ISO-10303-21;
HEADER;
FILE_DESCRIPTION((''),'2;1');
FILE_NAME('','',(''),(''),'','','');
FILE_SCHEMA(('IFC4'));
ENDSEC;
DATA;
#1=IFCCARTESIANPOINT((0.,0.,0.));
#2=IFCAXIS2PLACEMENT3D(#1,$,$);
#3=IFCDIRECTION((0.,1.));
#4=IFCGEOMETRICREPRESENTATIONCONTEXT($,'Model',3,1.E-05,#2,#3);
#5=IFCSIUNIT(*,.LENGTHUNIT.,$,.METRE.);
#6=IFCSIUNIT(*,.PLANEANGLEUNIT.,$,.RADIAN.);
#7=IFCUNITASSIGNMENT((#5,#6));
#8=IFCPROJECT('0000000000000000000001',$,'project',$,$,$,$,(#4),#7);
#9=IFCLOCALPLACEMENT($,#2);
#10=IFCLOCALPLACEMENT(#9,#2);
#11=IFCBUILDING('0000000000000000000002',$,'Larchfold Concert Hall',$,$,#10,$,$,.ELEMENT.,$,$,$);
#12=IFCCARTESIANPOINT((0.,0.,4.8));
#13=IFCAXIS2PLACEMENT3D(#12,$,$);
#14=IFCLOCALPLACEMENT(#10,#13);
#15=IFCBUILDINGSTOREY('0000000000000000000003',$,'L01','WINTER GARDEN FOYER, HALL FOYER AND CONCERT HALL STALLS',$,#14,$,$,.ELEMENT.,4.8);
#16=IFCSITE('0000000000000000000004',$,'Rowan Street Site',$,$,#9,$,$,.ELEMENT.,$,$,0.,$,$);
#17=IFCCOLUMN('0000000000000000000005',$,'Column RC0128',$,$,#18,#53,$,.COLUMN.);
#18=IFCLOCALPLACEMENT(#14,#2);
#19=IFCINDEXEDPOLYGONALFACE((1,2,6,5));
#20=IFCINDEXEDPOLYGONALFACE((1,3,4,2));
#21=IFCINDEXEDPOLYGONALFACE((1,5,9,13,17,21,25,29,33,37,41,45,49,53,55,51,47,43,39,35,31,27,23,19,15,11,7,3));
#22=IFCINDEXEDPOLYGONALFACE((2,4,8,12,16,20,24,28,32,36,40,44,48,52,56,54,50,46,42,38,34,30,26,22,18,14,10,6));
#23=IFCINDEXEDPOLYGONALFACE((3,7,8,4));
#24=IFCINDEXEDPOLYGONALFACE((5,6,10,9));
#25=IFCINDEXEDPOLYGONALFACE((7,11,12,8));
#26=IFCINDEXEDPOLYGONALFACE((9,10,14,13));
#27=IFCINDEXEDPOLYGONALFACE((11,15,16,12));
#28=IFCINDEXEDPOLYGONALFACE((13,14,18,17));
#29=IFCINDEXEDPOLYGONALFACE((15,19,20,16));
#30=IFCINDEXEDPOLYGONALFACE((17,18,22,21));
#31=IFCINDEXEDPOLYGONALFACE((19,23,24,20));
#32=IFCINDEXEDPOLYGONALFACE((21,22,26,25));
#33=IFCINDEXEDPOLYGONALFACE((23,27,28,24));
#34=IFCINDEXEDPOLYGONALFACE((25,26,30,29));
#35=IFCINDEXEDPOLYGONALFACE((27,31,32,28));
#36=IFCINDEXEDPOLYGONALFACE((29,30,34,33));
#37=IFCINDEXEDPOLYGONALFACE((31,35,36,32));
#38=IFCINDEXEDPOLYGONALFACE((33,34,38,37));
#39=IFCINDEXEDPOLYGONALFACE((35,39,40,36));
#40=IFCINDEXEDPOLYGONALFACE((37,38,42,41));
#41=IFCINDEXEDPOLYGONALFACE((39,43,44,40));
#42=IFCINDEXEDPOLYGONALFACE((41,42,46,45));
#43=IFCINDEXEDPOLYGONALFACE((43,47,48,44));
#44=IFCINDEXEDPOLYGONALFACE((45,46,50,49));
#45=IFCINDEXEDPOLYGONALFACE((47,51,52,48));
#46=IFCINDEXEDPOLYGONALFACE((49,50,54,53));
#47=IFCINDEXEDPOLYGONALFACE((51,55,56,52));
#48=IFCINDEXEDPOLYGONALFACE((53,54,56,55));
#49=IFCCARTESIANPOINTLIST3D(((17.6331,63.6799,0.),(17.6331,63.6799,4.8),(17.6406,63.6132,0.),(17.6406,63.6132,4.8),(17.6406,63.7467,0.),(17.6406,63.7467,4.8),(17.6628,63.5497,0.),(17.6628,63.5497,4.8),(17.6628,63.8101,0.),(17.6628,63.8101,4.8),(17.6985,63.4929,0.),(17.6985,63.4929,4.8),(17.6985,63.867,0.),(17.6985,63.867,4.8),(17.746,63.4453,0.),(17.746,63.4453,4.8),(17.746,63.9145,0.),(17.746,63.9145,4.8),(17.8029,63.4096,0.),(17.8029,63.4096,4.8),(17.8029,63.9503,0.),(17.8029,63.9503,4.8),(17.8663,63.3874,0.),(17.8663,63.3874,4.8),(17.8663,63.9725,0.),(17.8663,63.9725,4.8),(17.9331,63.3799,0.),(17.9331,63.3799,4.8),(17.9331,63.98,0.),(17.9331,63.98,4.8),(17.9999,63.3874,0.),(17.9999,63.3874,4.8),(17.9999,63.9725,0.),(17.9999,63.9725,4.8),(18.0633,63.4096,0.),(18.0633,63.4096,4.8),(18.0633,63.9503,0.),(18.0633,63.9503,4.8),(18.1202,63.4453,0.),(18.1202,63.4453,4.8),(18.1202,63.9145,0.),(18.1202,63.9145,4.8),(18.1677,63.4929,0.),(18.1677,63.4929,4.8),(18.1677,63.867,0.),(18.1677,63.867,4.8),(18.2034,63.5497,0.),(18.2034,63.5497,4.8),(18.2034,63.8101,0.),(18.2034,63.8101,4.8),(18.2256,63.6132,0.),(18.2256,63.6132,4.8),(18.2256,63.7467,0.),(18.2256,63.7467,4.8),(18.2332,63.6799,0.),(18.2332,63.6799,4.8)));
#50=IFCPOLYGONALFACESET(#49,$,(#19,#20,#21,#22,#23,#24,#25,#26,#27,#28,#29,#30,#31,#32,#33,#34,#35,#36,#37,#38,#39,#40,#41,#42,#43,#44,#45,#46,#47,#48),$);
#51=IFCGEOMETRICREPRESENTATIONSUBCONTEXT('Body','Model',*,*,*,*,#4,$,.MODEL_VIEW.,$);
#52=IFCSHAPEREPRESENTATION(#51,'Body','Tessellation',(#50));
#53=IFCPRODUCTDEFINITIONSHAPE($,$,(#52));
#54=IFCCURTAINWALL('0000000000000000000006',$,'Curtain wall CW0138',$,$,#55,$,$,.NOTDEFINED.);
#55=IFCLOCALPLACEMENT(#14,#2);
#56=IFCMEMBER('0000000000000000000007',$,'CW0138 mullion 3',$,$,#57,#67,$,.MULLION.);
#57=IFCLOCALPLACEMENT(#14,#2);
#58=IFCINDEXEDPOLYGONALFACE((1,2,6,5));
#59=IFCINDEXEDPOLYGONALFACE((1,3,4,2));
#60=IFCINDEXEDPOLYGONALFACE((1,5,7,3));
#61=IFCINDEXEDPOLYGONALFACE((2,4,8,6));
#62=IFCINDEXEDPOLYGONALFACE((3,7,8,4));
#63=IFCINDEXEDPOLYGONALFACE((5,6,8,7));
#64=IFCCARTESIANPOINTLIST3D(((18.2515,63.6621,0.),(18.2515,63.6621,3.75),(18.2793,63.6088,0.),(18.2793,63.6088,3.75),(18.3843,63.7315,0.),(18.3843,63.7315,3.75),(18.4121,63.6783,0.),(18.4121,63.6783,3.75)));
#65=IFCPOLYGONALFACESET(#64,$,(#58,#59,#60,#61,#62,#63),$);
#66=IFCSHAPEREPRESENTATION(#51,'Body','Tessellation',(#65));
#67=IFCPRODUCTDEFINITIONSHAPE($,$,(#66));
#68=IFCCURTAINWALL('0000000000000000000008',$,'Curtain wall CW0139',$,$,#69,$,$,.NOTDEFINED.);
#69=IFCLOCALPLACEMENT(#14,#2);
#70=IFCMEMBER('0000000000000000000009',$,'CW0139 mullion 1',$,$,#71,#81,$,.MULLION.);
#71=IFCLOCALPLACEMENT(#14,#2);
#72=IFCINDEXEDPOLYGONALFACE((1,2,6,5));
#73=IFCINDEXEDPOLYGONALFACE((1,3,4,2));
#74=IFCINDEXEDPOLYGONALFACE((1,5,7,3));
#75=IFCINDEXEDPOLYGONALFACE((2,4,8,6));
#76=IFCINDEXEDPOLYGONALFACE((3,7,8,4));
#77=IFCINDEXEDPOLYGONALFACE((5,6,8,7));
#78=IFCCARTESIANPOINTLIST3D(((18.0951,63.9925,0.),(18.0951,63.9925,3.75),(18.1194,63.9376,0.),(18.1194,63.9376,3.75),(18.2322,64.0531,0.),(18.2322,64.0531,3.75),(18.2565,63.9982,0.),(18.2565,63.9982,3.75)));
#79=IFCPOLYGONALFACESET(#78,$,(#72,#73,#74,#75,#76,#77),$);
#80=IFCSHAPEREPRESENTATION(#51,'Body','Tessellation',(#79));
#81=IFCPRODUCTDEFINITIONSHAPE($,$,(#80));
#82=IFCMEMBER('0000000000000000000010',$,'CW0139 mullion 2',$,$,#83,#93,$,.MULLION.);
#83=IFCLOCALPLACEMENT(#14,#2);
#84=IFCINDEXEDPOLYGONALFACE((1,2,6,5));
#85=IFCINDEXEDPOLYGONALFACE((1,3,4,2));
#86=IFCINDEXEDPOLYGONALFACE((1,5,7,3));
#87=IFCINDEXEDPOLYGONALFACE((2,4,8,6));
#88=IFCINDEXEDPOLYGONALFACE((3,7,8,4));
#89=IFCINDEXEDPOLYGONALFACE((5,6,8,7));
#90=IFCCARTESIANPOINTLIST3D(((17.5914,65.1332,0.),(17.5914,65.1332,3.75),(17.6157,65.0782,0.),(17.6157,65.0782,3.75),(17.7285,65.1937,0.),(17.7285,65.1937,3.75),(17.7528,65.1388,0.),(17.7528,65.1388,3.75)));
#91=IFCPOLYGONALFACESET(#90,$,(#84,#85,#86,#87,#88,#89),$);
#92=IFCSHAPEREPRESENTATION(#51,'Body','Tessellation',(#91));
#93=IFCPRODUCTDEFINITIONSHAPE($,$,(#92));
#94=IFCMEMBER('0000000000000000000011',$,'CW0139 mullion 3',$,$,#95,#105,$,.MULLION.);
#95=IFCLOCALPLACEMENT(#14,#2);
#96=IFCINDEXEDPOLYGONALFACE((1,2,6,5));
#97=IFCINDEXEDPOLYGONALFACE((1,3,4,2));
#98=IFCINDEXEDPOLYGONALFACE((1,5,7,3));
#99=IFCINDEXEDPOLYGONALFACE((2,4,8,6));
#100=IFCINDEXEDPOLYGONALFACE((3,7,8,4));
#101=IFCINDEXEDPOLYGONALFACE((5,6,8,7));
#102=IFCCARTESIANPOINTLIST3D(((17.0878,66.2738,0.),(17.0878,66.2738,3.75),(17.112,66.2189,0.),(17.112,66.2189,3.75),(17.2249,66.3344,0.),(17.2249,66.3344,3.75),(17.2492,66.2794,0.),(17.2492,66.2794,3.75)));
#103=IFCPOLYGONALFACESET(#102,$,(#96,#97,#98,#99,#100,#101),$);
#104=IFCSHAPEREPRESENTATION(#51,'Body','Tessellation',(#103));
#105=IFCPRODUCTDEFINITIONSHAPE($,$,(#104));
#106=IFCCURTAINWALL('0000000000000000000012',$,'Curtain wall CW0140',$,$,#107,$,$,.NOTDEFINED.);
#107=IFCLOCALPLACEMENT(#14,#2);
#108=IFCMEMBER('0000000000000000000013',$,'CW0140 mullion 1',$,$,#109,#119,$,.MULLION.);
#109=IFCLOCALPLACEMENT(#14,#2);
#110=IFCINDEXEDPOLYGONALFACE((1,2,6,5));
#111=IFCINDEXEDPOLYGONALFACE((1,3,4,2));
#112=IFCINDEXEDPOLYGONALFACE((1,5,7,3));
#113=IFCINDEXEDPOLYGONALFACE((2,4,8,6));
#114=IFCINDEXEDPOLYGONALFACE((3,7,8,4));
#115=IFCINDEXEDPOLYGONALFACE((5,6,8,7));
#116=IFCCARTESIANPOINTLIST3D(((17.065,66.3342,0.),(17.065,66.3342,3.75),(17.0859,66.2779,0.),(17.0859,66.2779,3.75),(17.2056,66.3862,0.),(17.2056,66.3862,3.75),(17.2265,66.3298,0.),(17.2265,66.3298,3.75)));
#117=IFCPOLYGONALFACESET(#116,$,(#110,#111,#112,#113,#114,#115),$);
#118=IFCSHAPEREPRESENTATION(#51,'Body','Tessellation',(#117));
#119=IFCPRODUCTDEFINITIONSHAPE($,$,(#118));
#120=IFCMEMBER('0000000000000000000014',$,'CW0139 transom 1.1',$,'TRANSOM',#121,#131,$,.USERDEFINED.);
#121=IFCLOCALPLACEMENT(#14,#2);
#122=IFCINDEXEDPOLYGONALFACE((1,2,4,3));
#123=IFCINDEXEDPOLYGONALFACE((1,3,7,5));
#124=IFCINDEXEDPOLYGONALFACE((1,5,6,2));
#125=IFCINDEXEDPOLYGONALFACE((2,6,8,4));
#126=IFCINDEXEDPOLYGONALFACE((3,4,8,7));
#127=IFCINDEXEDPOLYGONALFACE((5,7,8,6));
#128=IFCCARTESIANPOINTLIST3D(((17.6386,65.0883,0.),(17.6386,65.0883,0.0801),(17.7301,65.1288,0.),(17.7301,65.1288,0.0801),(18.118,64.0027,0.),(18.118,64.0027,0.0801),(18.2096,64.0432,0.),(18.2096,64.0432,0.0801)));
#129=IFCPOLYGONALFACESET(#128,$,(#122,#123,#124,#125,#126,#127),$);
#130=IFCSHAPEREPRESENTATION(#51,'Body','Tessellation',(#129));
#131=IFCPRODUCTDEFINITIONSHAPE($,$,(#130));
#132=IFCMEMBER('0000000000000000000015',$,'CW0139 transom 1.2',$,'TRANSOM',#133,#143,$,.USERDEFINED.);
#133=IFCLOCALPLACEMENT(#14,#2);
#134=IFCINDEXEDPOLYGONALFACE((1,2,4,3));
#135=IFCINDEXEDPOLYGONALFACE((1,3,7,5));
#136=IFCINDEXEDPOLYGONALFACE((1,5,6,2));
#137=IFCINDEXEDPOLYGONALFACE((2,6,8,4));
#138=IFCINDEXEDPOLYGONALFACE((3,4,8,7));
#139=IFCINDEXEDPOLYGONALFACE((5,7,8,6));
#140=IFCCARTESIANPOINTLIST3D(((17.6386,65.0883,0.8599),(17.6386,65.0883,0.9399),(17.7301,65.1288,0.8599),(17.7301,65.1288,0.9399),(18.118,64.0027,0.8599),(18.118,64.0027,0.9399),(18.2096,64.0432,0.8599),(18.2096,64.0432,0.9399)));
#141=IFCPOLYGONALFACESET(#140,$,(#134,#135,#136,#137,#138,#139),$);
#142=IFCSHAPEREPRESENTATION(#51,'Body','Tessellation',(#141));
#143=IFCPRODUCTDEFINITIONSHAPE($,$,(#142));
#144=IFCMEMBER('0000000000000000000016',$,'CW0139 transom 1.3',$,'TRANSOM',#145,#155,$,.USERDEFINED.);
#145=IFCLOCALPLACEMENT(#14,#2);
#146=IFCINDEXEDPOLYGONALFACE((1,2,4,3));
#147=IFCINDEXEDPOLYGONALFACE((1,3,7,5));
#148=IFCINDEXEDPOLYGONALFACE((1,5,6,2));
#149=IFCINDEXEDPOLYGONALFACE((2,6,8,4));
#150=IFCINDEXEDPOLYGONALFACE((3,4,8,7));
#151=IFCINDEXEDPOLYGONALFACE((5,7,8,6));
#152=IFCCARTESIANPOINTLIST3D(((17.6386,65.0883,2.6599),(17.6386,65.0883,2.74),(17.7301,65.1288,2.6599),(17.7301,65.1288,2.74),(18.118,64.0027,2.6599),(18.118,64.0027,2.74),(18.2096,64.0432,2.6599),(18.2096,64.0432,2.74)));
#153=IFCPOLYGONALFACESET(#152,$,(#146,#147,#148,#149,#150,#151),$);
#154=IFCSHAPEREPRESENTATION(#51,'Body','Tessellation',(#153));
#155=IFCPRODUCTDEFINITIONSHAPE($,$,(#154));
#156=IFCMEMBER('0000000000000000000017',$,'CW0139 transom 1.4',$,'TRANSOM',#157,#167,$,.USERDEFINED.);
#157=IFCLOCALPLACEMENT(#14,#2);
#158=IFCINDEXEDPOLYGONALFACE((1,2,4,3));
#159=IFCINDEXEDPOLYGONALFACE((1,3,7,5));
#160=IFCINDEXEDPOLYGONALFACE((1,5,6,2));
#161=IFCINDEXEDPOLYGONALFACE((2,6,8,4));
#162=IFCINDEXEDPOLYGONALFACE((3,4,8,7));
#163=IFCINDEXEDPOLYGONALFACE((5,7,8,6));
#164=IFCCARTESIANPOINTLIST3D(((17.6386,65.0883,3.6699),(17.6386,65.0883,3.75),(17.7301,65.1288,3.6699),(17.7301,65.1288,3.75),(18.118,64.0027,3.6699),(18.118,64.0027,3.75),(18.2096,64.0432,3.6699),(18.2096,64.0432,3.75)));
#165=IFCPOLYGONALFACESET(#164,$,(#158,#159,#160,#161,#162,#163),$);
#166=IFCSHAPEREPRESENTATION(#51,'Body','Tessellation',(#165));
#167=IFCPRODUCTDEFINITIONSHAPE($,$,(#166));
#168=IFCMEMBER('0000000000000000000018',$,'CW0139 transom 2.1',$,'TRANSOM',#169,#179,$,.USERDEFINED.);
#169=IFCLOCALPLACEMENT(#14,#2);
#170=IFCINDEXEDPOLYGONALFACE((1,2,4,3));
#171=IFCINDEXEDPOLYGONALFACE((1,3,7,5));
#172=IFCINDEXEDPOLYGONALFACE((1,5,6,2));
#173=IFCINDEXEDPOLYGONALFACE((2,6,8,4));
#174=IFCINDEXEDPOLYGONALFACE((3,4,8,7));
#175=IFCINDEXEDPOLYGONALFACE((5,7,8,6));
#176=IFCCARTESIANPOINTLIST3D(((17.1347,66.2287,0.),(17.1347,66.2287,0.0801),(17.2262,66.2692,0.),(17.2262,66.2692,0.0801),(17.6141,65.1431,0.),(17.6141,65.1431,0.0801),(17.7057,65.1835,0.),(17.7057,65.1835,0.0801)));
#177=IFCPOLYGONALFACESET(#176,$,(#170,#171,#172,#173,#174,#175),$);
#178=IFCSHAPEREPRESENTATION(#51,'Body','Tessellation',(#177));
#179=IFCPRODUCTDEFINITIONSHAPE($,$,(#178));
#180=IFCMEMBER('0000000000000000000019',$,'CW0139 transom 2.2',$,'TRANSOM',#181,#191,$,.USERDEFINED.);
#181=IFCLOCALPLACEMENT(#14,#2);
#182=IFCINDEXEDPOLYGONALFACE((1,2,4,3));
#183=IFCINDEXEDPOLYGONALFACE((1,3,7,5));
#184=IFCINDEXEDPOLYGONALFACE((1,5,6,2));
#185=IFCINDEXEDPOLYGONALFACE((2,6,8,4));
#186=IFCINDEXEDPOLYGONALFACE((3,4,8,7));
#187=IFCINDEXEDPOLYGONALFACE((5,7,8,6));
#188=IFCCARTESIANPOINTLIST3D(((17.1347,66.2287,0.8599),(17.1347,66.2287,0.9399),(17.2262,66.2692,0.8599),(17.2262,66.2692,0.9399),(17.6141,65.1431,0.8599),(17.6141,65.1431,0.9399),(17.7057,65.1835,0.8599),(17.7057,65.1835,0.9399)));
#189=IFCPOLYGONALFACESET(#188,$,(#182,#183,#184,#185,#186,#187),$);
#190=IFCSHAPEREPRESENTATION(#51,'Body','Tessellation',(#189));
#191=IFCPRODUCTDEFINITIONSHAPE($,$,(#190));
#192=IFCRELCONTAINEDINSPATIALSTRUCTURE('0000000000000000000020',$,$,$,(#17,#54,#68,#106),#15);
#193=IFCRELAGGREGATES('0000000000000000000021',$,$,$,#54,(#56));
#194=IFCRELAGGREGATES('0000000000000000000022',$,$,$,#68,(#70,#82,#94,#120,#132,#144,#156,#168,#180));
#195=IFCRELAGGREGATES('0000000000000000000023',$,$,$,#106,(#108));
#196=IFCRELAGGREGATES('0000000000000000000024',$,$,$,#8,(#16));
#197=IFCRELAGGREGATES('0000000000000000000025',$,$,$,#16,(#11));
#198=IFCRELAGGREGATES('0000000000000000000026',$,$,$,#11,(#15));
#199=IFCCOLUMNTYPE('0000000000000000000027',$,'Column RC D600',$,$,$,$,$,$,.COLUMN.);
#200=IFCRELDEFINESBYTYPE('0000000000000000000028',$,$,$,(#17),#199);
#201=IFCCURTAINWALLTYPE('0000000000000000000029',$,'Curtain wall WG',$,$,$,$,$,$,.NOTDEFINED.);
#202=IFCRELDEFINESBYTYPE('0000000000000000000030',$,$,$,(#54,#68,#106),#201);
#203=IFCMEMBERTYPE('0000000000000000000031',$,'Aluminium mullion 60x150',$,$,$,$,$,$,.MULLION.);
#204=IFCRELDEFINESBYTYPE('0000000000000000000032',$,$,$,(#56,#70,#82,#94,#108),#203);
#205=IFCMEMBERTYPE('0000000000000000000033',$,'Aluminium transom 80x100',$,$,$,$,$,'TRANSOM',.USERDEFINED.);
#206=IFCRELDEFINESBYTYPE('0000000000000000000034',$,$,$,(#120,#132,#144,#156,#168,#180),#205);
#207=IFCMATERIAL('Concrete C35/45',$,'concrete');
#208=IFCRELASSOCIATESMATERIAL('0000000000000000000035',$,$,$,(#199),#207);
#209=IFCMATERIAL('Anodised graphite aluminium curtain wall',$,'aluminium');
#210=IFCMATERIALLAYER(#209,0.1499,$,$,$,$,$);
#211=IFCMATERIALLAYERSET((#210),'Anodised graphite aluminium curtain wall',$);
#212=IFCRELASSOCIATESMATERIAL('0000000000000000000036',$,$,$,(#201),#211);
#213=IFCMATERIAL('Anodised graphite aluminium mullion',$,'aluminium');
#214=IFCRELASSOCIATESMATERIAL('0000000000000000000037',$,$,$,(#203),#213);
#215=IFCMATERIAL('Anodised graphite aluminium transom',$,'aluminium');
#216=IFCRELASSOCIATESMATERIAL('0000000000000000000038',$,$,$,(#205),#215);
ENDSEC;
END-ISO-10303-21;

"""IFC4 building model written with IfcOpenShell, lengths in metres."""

from ifc_helpers import new_model, si_unit, direction, frame, origin, origin_2d, place, context, subcontext, project, spatial, rectangle, circle, extrude, material, layer, layer_set, material_profile, profile_set, type_object, element, aggregate, save


model = new_model("IFC4")

# Units and contexts
model_context = context("Model", 3, precision=1e-05, world=origin(), true_north=direction((0.0, 1.0)))
body_context = subcontext(model_context, "Body", "Model", "MODEL_VIEW")
ifc_project = project(units=[si_unit("LENGTHUNIT", "METRE"), si_unit("PLANEANGLEUNIT", "RADIAN")], contexts=[model_context])

# Site, building, storey
site_placement = place(None, origin())
site = spatial("IfcSite", under=ifc_project, at=site_placement, Name="Rowan Street Site", CompositionType="ELEMENT", RefElevation=0.0)
building_placement = place(site_placement, origin())
building = spatial("IfcBuilding", under=site, at=building_placement, Name="Larchfold Concert Hall", CompositionType="ELEMENT")
storey_placement = place(building_placement, frame((0.0, 0.0, 4.8)))
storey = spatial("IfcBuildingStorey", under=building, at=storey_placement, Name="L01", Description="WINTER GARDEN FOYER, HALL FOYER AND CONCERT HALL STALLS", CompositionType="ELEMENT", Elevation=4.8)

# Column
ifc_material_1 = material(Name="Concrete C35/45", Category="concrete")
ifc_material_profile_1 = material_profile(ifc_material_1, circle(Radius=0.3, at=origin_2d()))
ifc_profile_set_1 = profile_set([ifc_material_profile_1], Name="Concrete C35/45")
column_type = type_object("IfcColumnType", Name="Column RC D600", PredefinedType="COLUMN", material=ifc_profile_set_1)
column_placement = place(storey_placement, frame((17.9331, 63.6799, 0.0), z_axis=(0.0, 0.0, 1.0), x_axis=(1.0, 0.0, 0.0)))
element("IfcColumn", 1, at=column_placement, inside=storey, type_object=column_type, Name="Column RC0128", PredefinedType="COLUMN", context=body_context, shape_type="SweptSolid", body=[
    extrude(circle(Radius=0.3, at=origin_2d()), origin(), (0.0, 0.0, 1.0), 4.8),
])

# Curtain wall, member
ifc_material_2 = material(Name="Anodised graphite aluminium curtain wall", Category="aluminium")
ifc_layer_1 = layer(ifc_material_2, 0.1499)
ifc_layer_set_1 = layer_set([ifc_layer_1], Name="Anodised graphite aluminium curtain wall")
curtain_wall_type = type_object("IfcCurtainWallType", Name="Curtain wall WG", PredefinedType="NOTDEFINED", material=ifc_layer_set_1)
curtain_wall_1_placement = place(storey_placement, origin())
curtain_wall_1 = element("IfcCurtainWall", 2, at=curtain_wall_1_placement, inside=storey, type_object=curtain_wall_type, Name="Curtain wall CW0138", PredefinedType="NOTDEFINED")
ifc_material_3 = material(Name="Anodised graphite aluminium mullion", Category="aluminium")
ifc_material_profile_2 = material_profile(ifc_material_3, rectangle(XDim=0.1499, YDim=0.0601, at=origin_2d()))
ifc_profile_set_2 = profile_set([ifc_material_profile_2], Name="Anodised graphite aluminium mullion")
member_type_1 = type_object("IfcMemberType", Name="Aluminium mullion 60x150", PredefinedType="MULLION", material=ifc_profile_set_2)
member_1_placement = place(storey_placement, frame((18.3318, 63.6702, 0.0), z_axis=(0.0, 0.0, 1.0), x_axis=(-0.886259, -0.46319, 0.0)))
member_1 = element("IfcMember", 3, at=member_1_placement, type_object=member_type_1, Name="CW0138 mullion 3", PredefinedType="MULLION", context=body_context, shape_type="SweptSolid", body=[
    extrude(rectangle(XDim=0.1499, YDim=0.0601, at=origin_2d()), origin(), (0.0, 0.0, 1.0), 3.75),
])

# Curtain wall, members
curtain_wall_2_placement = place(storey_placement, origin())
curtain_wall_2 = element("IfcCurtainWall", 4, at=curtain_wall_2_placement, inside=storey, type_object=curtain_wall_type, Name="Curtain wall CW0139", PredefinedType="NOTDEFINED")
member_2_placement = place(storey_placement, frame((18.1758, 63.9954, 0.0), z_axis=(0.0, 0.0, 1.0), x_axis=(-0.914747, -0.404026, 0.0)))
member_2 = element("IfcMember", 5, at=member_2_placement, type_object=member_type_1, Name="CW0139 mullion 1", PredefinedType="MULLION", context=body_context, shape_type="SweptSolid", body=[
    extrude(rectangle(XDim=0.1499, YDim=0.0601, at=origin_2d()), origin(), (0.0, 0.0, 1.0), 3.75),
])
member_3_placement = place(storey_placement, frame((17.6721, 65.136, 0.0), z_axis=(0.0, 0.0, 1.0), x_axis=(-0.914747, -0.404026, 0.0)))
member_3 = element("IfcMember", 6, at=member_3_placement, type_object=member_type_1, Name="CW0139 mullion 2", PredefinedType="MULLION", context=body_context, shape_type="SweptSolid", body=[
    extrude(rectangle(XDim=0.1499, YDim=0.0601, at=origin_2d()), origin(), (0.0, 0.0, 1.0), 3.75),
])
member_4_placement = place(storey_placement, frame((17.1685, 66.2766, 0.0), z_axis=(0.0, 0.0, 1.0), x_axis=(-0.914747, -0.404026, 0.0)))
member_4 = element("IfcMember", 7, at=member_4_placement, type_object=member_type_1, Name="CW0139 mullion 3", PredefinedType="MULLION", context=body_context, shape_type="SweptSolid", body=[
    extrude(rectangle(XDim=0.1499, YDim=0.0601, at=origin_2d()), origin(), (0.0, 0.0, 1.0), 3.75),
])

# Curtain wall, member
curtain_wall_3_placement = place(storey_placement, origin())
curtain_wall_3 = element("IfcCurtainWall", 8, at=curtain_wall_3_placement, inside=storey, type_object=curtain_wall_type, Name="Curtain wall CW0140", PredefinedType="NOTDEFINED")
member_5_placement = place(storey_placement, frame((17.1458, 66.332, 0.0), z_axis=(0.0, 0.0, 1.0), x_axis=(-0.938002, -0.346631, 0.0)))
member_5 = element("IfcMember", 9, at=member_5_placement, type_object=member_type_1, Name="CW0140 mullion 1", PredefinedType="MULLION", context=body_context, shape_type="SweptSolid", body=[
    extrude(rectangle(XDim=0.1499, YDim=0.0601, at=origin_2d()), origin(), (0.0, 0.0, 1.0), 3.75),
])

# Members
ifc_material_4 = material(Name="Anodised graphite aluminium transom", Category="aluminium")
ifc_material_profile_3 = material_profile(ifc_material_4, rectangle(XDim=0.1001, YDim=0.0801, at=origin_2d()))
ifc_profile_set_3 = profile_set([ifc_material_profile_3], Name="Anodised graphite aluminium transom")
member_type_2 = type_object("IfcMemberType", Name="Aluminium transom 80x100", ElementType="TRANSOM", PredefinedType="USERDEFINED", material=ifc_profile_set_3)
member_6_placement = place(storey_placement, frame((18.1638, 64.0229, 0.04), z_axis=(-0.404, 0.914759, 0.0), x_axis=(-0.914759, -0.404, 0.0)))
member_6 = element("IfcMember", 10, at=member_6_placement, type_object=member_type_2, Name="CW0139 transom 1.1", ObjectType="TRANSOM", PredefinedType="USERDEFINED", context=body_context, shape_type="SweptSolid", body=[
    extrude(rectangle(XDim=0.1001, YDim=0.0801, at=origin_2d()), origin(), (0.0, 0.0, 1.0), 1.1868),
])
member_7_placement = place(storey_placement, frame((18.1638, 64.0229, 0.8999), z_axis=(-0.404, 0.914759, 0.0), x_axis=(-0.914759, -0.404, 0.0)))
member_7 = element("IfcMember", 11, at=member_7_placement, type_object=member_type_2, Name="CW0139 transom 1.2", ObjectType="TRANSOM", PredefinedType="USERDEFINED", context=body_context, shape_type="SweptSolid", body=[
    extrude(rectangle(XDim=0.1001, YDim=0.0801, at=origin_2d()), origin(), (0.0, 0.0, 1.0), 1.1868),
])
member_8_placement = place(storey_placement, frame((18.1638, 64.0229, 2.7), z_axis=(-0.404, 0.914759, 0.0), x_axis=(-0.914759, -0.404, 0.0)))
member_8 = element("IfcMember", 12, at=member_8_placement, type_object=member_type_2, Name="CW0139 transom 1.3", ObjectType="TRANSOM", PredefinedType="USERDEFINED", context=body_context, shape_type="SweptSolid", body=[
    extrude(rectangle(XDim=0.1001, YDim=0.0801, at=origin_2d()), origin(), (0.0, 0.0, 1.0), 1.1868),
])
member_9_placement = place(storey_placement, frame((18.1638, 64.0229, 3.71), z_axis=(-0.404, 0.914759, 0.0), x_axis=(-0.914759, -0.404, 0.0)))
member_9 = element("IfcMember", 13, at=member_9_placement, type_object=member_type_2, Name="CW0139 transom 1.4", ObjectType="TRANSOM", PredefinedType="USERDEFINED", context=body_context, shape_type="SweptSolid", body=[
    extrude(rectangle(XDim=0.1001, YDim=0.0801, at=origin_2d()), origin(), (0.0, 0.0, 1.0), 1.1868),
])
member_10_placement = place(storey_placement, frame((17.6599, 65.1633, 0.04), z_axis=(-0.404, 0.914759, 0.0), x_axis=(-0.914759, -0.404, 0.0)))
member_10 = element("IfcMember", 14, at=member_10_placement, type_object=member_type_2, Name="CW0139 transom 2.1", ObjectType="TRANSOM", PredefinedType="USERDEFINED", context=body_context, shape_type="SweptSolid", body=[
    extrude(rectangle(XDim=0.1001, YDim=0.0801, at=origin_2d()), origin(), (0.0, 0.0, 1.0), 1.1868),
])
member_11_placement = place(storey_placement, frame((17.6599, 65.1633, 0.8999), z_axis=(-0.404, 0.914759, 0.0), x_axis=(-0.914759, -0.404, 0.0)))
member_11 = element("IfcMember", 15, at=member_11_placement, type_object=member_type_2, Name="CW0139 transom 2.2", ObjectType="TRANSOM", PredefinedType="USERDEFINED", context=body_context, shape_type="SweptSolid", body=[
    extrude(rectangle(XDim=0.1001, YDim=0.0801, at=origin_2d()), origin(), (0.0, 0.0, 1.0), 1.1868),
])

aggregate(curtain_wall_1, [member_1])
aggregate(curtain_wall_2, [member_2, member_3, member_4, member_6, member_7, member_8, member_9, member_10, member_11])
aggregate(curtain_wall_3, [member_5])

save(model, "model.ifc")
